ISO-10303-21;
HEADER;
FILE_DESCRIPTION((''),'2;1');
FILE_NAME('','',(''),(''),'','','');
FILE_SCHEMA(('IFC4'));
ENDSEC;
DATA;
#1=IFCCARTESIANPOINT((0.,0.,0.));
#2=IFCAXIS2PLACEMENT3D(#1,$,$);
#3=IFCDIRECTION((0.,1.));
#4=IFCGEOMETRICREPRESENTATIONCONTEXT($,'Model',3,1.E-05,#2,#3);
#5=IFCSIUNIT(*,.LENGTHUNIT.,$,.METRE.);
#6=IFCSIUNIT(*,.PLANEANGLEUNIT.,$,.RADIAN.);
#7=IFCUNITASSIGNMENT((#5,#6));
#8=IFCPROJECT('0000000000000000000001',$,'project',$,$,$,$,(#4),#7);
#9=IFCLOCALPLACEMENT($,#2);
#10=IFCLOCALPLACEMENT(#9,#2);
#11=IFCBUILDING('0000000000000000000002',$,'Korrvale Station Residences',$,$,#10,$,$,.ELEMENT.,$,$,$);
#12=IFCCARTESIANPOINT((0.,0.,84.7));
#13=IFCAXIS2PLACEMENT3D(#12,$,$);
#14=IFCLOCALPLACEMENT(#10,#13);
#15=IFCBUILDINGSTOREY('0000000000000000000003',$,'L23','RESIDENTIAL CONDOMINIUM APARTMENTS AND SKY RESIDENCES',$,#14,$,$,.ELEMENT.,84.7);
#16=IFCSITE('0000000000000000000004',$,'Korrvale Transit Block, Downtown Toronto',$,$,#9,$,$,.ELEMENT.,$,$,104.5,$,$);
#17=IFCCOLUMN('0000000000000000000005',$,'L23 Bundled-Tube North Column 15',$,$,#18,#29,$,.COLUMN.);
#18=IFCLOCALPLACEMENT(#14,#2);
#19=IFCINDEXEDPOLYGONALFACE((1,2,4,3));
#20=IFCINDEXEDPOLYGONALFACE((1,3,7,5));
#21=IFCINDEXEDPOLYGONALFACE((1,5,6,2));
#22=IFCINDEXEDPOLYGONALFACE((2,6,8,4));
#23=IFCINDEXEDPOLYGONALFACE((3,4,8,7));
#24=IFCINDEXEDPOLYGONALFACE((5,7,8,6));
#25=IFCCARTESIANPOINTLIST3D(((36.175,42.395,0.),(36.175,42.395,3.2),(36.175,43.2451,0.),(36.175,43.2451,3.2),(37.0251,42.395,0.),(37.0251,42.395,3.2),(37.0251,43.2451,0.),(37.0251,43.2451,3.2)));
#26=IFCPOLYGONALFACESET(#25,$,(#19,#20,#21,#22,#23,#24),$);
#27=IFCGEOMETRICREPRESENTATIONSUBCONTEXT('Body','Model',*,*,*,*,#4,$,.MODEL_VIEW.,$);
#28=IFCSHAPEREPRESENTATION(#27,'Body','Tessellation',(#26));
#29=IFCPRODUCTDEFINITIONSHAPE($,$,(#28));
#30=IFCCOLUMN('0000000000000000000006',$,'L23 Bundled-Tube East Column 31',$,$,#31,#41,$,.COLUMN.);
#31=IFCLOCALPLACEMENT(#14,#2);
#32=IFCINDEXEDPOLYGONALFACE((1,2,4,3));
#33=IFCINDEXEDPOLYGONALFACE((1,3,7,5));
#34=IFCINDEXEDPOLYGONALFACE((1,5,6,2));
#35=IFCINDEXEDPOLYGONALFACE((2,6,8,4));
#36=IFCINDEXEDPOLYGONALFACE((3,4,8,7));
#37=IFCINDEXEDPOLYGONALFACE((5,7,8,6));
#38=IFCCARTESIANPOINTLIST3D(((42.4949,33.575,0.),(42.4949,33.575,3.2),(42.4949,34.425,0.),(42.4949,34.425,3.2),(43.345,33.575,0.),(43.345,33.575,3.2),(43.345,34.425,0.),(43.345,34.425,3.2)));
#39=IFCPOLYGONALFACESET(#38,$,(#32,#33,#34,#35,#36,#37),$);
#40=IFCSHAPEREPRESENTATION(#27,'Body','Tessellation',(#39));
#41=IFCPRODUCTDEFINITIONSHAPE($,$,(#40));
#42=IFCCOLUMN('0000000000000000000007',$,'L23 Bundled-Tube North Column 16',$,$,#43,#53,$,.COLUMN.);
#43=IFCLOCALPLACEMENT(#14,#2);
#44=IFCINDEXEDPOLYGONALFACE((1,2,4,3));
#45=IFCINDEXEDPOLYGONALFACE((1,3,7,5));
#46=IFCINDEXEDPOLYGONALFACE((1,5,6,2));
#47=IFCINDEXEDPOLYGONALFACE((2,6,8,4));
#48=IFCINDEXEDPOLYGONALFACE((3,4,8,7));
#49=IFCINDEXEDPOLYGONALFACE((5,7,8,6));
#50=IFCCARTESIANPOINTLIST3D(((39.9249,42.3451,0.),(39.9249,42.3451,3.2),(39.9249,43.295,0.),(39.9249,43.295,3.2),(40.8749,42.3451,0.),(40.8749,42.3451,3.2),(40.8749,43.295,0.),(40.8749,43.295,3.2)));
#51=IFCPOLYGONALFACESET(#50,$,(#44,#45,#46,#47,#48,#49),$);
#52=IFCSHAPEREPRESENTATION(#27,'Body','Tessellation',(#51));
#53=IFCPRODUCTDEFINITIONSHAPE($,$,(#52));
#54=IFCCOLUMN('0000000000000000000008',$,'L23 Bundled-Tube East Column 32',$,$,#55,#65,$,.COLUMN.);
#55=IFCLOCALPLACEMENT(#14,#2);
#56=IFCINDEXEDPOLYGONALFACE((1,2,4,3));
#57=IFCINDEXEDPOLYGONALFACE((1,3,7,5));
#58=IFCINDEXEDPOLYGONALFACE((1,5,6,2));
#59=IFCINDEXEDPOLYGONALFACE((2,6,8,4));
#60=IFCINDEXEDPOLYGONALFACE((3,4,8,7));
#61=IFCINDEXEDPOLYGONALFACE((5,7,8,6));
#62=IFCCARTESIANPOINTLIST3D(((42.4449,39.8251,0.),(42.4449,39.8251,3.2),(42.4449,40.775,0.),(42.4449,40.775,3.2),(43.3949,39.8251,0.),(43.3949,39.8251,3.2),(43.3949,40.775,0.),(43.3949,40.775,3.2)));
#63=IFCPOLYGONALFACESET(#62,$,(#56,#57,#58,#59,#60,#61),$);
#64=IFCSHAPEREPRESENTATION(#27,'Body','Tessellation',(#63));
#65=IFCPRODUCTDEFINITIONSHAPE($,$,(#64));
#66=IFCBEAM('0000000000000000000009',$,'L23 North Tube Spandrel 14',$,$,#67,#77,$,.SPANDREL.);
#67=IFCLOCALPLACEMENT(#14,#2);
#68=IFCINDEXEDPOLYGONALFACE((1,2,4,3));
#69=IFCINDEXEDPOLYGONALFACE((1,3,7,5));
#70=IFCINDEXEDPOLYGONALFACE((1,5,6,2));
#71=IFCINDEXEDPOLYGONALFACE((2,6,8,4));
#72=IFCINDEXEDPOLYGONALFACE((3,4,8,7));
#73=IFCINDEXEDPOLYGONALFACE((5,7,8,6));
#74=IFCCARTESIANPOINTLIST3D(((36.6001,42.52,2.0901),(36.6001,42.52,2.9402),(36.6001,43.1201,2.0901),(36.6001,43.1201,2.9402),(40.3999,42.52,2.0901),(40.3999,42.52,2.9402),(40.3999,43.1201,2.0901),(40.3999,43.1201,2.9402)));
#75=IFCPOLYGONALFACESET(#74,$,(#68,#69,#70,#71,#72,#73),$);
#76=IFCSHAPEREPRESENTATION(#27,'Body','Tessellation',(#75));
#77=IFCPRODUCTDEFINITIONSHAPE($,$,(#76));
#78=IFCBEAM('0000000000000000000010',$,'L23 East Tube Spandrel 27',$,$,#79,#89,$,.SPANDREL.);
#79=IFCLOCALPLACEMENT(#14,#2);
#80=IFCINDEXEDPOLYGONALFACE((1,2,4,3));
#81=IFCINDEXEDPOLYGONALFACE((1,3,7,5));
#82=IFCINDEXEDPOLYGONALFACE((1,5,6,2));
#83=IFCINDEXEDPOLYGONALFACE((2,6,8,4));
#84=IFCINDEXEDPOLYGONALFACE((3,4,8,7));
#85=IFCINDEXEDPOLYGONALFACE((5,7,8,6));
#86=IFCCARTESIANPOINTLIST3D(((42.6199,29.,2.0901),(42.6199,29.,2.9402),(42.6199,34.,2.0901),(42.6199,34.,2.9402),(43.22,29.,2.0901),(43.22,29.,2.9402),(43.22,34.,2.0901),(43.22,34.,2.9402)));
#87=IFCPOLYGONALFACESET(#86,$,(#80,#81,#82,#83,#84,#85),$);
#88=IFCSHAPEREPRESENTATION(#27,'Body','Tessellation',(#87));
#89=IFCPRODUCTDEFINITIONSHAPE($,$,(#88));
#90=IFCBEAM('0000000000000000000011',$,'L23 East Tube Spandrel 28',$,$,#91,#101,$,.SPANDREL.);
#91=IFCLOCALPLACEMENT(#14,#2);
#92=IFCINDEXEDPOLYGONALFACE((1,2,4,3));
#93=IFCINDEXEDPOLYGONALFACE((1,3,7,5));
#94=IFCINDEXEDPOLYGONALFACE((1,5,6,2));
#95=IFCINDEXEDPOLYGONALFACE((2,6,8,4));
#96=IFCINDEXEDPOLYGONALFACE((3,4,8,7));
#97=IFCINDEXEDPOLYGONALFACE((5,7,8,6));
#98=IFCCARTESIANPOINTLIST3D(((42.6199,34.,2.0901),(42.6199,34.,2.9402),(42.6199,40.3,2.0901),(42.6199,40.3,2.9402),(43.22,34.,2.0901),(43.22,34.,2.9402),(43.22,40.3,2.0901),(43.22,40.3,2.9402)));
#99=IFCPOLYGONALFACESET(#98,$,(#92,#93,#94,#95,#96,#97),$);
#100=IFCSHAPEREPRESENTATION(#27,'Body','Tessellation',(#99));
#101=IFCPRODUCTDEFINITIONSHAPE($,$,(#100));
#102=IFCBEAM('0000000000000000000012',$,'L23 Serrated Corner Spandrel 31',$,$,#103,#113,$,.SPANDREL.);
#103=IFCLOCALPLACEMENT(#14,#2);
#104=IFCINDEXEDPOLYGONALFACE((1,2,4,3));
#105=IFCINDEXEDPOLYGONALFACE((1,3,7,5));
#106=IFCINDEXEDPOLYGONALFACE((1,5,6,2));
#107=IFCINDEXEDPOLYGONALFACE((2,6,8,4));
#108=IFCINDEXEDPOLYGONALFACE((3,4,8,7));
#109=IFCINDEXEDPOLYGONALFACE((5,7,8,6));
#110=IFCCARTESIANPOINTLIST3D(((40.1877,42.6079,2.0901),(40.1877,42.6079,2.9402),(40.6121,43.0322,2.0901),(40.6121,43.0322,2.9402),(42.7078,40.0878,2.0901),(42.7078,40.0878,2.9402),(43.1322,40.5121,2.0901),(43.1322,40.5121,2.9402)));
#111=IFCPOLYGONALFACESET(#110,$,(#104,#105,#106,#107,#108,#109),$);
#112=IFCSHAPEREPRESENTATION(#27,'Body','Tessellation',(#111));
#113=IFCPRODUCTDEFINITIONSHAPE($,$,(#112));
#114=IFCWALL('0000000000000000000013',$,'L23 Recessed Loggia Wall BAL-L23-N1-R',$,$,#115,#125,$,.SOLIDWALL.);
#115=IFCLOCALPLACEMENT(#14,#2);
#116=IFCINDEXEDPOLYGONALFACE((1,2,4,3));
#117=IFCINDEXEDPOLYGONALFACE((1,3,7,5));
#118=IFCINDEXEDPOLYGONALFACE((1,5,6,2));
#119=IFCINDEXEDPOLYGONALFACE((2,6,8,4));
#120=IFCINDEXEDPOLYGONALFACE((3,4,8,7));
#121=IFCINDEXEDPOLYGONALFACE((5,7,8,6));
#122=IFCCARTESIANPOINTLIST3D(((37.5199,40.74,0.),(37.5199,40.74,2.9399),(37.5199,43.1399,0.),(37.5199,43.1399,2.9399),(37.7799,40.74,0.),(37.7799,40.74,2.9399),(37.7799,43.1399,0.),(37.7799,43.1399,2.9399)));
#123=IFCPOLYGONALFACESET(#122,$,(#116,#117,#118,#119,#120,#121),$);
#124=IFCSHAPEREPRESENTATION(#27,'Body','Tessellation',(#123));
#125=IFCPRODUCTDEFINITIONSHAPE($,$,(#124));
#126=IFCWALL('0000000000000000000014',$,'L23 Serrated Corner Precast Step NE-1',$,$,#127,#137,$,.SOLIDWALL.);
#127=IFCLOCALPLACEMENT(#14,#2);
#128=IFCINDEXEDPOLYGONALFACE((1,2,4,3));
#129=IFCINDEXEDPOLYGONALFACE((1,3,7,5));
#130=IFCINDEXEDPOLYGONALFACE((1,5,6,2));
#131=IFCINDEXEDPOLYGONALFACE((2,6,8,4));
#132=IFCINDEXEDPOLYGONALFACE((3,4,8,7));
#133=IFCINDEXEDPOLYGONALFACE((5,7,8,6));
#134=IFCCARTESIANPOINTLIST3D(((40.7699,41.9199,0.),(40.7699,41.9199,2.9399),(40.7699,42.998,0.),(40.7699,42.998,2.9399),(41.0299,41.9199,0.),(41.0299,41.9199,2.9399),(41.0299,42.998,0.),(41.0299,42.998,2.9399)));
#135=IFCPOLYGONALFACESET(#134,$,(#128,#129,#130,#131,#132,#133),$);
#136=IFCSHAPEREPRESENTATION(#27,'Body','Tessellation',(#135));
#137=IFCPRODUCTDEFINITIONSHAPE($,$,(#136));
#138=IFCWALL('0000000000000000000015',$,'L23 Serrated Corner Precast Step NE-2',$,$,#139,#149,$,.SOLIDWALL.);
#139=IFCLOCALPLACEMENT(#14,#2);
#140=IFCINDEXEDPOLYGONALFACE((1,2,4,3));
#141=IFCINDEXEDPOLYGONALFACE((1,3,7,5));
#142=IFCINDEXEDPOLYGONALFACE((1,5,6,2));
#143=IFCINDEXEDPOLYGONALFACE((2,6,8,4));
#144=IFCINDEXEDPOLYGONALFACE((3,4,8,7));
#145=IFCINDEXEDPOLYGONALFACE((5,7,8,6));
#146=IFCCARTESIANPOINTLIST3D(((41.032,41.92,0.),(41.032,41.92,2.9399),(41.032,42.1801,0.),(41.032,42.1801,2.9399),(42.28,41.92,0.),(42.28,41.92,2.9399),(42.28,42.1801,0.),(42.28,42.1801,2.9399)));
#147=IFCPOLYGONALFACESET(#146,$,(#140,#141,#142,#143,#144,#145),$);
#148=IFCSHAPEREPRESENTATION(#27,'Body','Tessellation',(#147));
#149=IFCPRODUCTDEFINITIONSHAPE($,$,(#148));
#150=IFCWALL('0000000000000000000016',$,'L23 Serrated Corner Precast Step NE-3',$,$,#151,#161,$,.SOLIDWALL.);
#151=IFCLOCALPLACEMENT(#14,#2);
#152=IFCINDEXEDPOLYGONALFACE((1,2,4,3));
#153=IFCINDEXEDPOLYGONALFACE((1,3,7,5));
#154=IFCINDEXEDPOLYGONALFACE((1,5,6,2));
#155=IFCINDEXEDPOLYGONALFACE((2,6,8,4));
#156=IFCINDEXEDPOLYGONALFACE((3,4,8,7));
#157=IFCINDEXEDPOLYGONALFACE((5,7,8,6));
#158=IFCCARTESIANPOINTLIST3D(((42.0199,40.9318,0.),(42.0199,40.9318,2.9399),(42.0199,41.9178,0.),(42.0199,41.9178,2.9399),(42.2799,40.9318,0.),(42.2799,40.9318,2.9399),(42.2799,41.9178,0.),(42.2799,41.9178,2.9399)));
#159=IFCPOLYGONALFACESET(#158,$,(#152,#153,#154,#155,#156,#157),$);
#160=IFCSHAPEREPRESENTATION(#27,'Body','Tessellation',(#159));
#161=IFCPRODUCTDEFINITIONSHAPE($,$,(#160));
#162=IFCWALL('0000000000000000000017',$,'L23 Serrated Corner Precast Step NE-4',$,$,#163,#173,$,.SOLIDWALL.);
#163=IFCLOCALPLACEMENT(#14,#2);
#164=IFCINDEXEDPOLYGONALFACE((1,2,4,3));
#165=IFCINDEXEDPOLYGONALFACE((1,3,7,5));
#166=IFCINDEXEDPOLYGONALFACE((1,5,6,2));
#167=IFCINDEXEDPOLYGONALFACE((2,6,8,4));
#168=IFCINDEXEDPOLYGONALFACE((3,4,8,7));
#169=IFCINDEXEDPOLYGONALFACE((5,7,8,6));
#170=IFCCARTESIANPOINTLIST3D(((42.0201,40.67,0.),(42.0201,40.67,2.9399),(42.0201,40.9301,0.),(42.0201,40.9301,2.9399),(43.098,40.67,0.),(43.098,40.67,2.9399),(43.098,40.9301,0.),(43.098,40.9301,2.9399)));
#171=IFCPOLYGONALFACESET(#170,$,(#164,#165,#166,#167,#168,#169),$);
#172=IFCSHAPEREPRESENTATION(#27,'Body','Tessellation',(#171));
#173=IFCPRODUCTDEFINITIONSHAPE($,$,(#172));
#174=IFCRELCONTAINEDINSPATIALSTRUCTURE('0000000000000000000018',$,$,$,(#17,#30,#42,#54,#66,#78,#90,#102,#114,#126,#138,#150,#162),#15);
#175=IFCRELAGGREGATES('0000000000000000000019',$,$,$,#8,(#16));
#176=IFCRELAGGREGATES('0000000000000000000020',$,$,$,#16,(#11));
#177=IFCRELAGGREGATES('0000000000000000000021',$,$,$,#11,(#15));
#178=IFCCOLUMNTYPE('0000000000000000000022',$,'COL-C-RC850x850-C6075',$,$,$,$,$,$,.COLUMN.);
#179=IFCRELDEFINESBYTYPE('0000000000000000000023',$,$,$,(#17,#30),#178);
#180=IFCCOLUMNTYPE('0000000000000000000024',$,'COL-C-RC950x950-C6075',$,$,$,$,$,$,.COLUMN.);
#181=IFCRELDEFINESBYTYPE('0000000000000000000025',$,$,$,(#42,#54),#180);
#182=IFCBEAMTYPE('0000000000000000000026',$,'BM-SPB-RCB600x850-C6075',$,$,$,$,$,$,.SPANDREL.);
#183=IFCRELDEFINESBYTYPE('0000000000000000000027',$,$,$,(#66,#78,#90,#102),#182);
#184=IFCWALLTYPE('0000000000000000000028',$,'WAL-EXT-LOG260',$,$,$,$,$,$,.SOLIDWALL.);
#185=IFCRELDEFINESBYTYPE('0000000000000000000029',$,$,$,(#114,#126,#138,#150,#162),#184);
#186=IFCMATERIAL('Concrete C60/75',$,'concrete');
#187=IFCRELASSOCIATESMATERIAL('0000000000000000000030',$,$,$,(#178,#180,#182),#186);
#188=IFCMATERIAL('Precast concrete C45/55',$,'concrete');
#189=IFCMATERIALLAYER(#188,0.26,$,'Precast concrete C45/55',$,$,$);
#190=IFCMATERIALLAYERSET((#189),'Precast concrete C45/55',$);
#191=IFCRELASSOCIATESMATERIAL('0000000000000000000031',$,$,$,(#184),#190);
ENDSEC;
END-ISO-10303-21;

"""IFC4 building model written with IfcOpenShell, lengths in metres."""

from ifc_helpers import new_model, si_unit, direction, frame, frame_2d, origin, origin_2d, place, context, subcontext, project, spatial, rectangle, extrude, material, layer, layer_set, material_profile, profile_set, type_object, element, save


model = new_model("IFC4")

# Units and contexts
model_context = context("Model", 3, precision=1e-05, world=origin(), true_north=direction((0.0, 1.0)))
body_context = subcontext(model_context, "Body", "Model", "MODEL_VIEW")
ifc_project = project(units=[si_unit("LENGTHUNIT", "METRE"), si_unit("PLANEANGLEUNIT", "RADIAN")], contexts=[model_context])

# Site, building, storey
site_placement = place(None, origin())
site = spatial("IfcSite", under=ifc_project, at=site_placement, Name="Korrvale Transit Block, Downtown Toronto", CompositionType="ELEMENT", RefElevation=104.5)
building_placement = place(site_placement, origin())
building = spatial("IfcBuilding", under=site, at=building_placement, Name="Korrvale Station Residences", CompositionType="ELEMENT")
storey_placement = place(building_placement, frame((0.0, 0.0, 84.7)))
storey = spatial("IfcBuildingStorey", under=building, at=storey_placement, Name="L23", Description="RESIDENTIAL CONDOMINIUM APARTMENTS AND SKY RESIDENCES", CompositionType="ELEMENT", Elevation=84.7)

# Columns
ifc_material_1 = material(Name="Concrete C60/75", Category="concrete")
ifc_material_profile_1 = material_profile(ifc_material_1, rectangle(XDim=0.8501, YDim=0.8501, at=origin_2d()), Name="RC850x850")
ifc_profile_set_1 = profile_set([ifc_material_profile_1], Name="Concrete C60/75")
column_type_1 = type_object("IfcColumnType", Name="COL-C-RC850x850-C6075", PredefinedType="COLUMN", material=ifc_profile_set_1)
for number, where, z_axis, x_axis, name in (
    (1, (36.6001, 42.8201, 0.0), (0.0, 0.0, 1.0), (1.0, 0.0, 0.0), "L23 Bundled-Tube North Column 15"),
    (2, (42.9199, 34.0, 0.0), (0.0, 0.0, 1.0), (1.0, 0.0, 0.0), "L23 Bundled-Tube East Column 31"),
):
    element("IfcColumn", number, at=place(storey_placement, frame(where, z_axis=z_axis, x_axis=x_axis)), inside=storey, type_object=column_type_1, Name=name, PredefinedType="COLUMN", context=body_context, shape_type="SweptSolid", body=[
        extrude(rectangle(XDim=0.8501, YDim=0.8501, at=origin_2d()), origin(), (0.0, 0.0, 1.0), 3.2),
    ])
ifc_material_profile_2 = material_profile(ifc_material_1, rectangle(XDim=0.95, YDim=0.95, at=origin_2d()), Name="RC950x950")
ifc_profile_set_2 = profile_set([ifc_material_profile_2], Name="Concrete C60/75")
column_type_2 = type_object("IfcColumnType", Name="COL-C-RC950x950-C6075", PredefinedType="COLUMN", material=ifc_profile_set_2)
for number, where, z_axis, x_axis, name in (
    (3, (40.3999, 42.8201, 0.0), (0.0, 0.0, 1.0), (1.0, 0.0, 0.0), "L23 Bundled-Tube North Column 16"),
    (4, (42.9199, 40.3, 0.0), (0.0, 0.0, 1.0), (1.0, 0.0, 0.0), "L23 Bundled-Tube East Column 32"),
):
    element("IfcColumn", number, at=place(storey_placement, frame(where, z_axis=z_axis, x_axis=x_axis)), inside=storey, type_object=column_type_2, Name=name, PredefinedType="COLUMN", context=body_context, shape_type="SweptSolid", body=[
        extrude(rectangle(XDim=0.95, YDim=0.95, at=origin_2d()), origin(), (0.0, 0.0, 1.0), 3.2),
    ])

# Beams
ifc_material_profile_3 = material_profile(ifc_material_1, rectangle(XDim=0.6001, YDim=0.8501, at=origin_2d()), Name="RCB600x850")
ifc_profile_set_3 = profile_set([ifc_material_profile_3], Name="Concrete C60/75")
beam_type = type_object("IfcBeamType", Name="BM-SPB-RCB600x850-C6075", PredefinedType="SPANDREL", material=ifc_profile_set_3)
beam_1_placement = place(storey_placement, frame((36.6001, 42.8201, 2.5151), z_axis=(1.0, 0.0, 0.0), x_axis=(0.0, 1.0, 0.0)))
element("IfcBeam", 5, at=beam_1_placement, inside=storey, type_object=beam_type, Name="L23 North Tube Spandrel 14", PredefinedType="SPANDREL", context=body_context, shape_type="SweptSolid", body=[
    extrude(rectangle(XDim=0.6001, YDim=0.8501, at=origin_2d()), origin(), (0.0, 0.0, 1.0), 3.7998),
])
beam_2_placement = place(storey_placement, frame((42.9199, 29.0, 2.5151), z_axis=(0.0, 1.0, 0.0), x_axis=(-1.0, 0.0, 0.0)))
element("IfcBeam", 6, at=beam_2_placement, inside=storey, type_object=beam_type, Name="L23 East Tube Spandrel 27", PredefinedType="SPANDREL", context=body_context, shape_type="SweptSolid", body=[
    extrude(rectangle(XDim=0.6001, YDim=0.8501, at=origin_2d()), origin(), (0.0, 0.0, 1.0), 5.0),
])
beam_3_placement = place(storey_placement, frame((42.9199, 34.0, 2.5151), z_axis=(0.0, 1.0, 0.0), x_axis=(-1.0, 0.0, 0.0)))
element("IfcBeam", 7, at=beam_3_placement, inside=storey, type_object=beam_type, Name="L23 East Tube Spandrel 28", PredefinedType="SPANDREL", context=body_context, shape_type="SweptSolid", body=[
    extrude(rectangle(XDim=0.6001, YDim=0.8501, at=origin_2d()), origin(), (0.0, 0.0, 1.0), 6.3),
])
beam_4_placement = place(storey_placement, frame((40.3999, 42.8201, 2.5151), z_axis=(0.707107, -0.707107, 0.0), x_axis=(0.707107, 0.707107, 0.0)))
element("IfcBeam", 8, at=beam_4_placement, inside=storey, type_object=beam_type, Name="L23 Serrated Corner Spandrel 31", PredefinedType="SPANDREL", context=body_context, shape_type="SweptSolid", body=[
    extrude(rectangle(XDim=0.6001, YDim=0.8501, at=origin_2d()), origin(), (0.0, 0.0, 1.0), 3.564),
])

# Walls
ifc_material_2 = material(Name="Precast concrete C45/55", Category="concrete")
ifc_layer_1 = layer(ifc_material_2, 0.26, Name="Precast concrete C45/55")
ifc_layer_set_1 = layer_set([ifc_layer_1], Name="Precast concrete C45/55")
wall_type_1 = type_object("IfcWallType", Name="WAL-EXT-LOG260", PredefinedType="SOLIDWALL", material=ifc_layer_set_1)
wall_1_placement = place(storey_placement, frame((37.6499, 40.74, 0.0), z_axis=(0.0, 0.0, 1.0), x_axis=(0.0, 1.0, 0.0)))
element("IfcWall", 9, at=wall_1_placement, inside=storey, type_object=wall_type_1, Name="L23 Recessed Loggia Wall BAL-L23-N1-R", PredefinedType="SOLIDWALL", context=body_context, shape_type="SweptSolid", body=[
    extrude(rectangle(XDim=2.3999, YDim=0.26, at=frame_2d((1.2, 0.0))), origin(), (0.0, 0.0, 1.0), 2.9399),
])
wall_2_placement = place(storey_placement, frame((40.8999, 42.998, 0.0), z_axis=(0.0, 0.0, 1.0), x_axis=(0.0, -1.0, 0.0)))
element("IfcWall", 10, at=wall_2_placement, inside=storey, type_object=wall_type_1, Name="L23 Serrated Corner Precast Step NE-1", PredefinedType="SOLIDWALL", context=body_context, shape_type="SweptSolid", body=[
    extrude(rectangle(XDim=1.0781, YDim=0.26, at=frame_2d((0.5391, 0.0))), origin(), (0.0, 0.0, 1.0), 2.9399),
])
wall_3_placement = place(storey_placement, frame((41.032, 42.05, 0.0), z_axis=(0.0, 0.0, 1.0), x_axis=(1.0, 0.0, 0.0)))
element("IfcWall", 11, at=wall_3_placement, inside=storey, type_object=wall_type_1, Name="L23 Serrated Corner Precast Step NE-2", PredefinedType="SOLIDWALL", context=body_context, shape_type="SweptSolid", body=[
    extrude(rectangle(XDim=1.248, YDim=0.26, at=frame_2d((0.624, 0.0))), origin(), (0.0, 0.0, 1.0), 2.9399),
])
wall_4_placement = place(storey_placement, frame((42.1499, 41.918, 0.0), z_axis=(0.0, 0.0, 1.0), x_axis=(0.0, -1.0, 0.0)))
element("IfcWall", 12, at=wall_4_placement, inside=storey, type_object=wall_type_1, Name="L23 Serrated Corner Precast Step NE-3", PredefinedType="SOLIDWALL", context=body_context, shape_type="SweptSolid", body=[
    extrude(rectangle(XDim=0.9861, YDim=0.26, at=frame_2d((0.4932, 0.0))), origin(), (0.0, 0.0, 1.0), 2.9399),
])
wall_5_placement = place(storey_placement, frame((42.02, 40.8, 0.0), z_axis=(0.0, 0.0, 1.0), x_axis=(1.0, 0.0, 0.0)))
element("IfcWall", 13, at=wall_5_placement, inside=storey, type_object=wall_type_1, Name="L23 Serrated Corner Precast Step NE-4", PredefinedType="SOLIDWALL", context=body_context, shape_type="SweptSolid", body=[
    extrude(rectangle(XDim=1.0779, YDim=0.26, at=frame_2d((0.5391, 0.0))), origin(), (0.0, 0.0, 1.0), 2.9399),
])

save(model, "model.ifc")
